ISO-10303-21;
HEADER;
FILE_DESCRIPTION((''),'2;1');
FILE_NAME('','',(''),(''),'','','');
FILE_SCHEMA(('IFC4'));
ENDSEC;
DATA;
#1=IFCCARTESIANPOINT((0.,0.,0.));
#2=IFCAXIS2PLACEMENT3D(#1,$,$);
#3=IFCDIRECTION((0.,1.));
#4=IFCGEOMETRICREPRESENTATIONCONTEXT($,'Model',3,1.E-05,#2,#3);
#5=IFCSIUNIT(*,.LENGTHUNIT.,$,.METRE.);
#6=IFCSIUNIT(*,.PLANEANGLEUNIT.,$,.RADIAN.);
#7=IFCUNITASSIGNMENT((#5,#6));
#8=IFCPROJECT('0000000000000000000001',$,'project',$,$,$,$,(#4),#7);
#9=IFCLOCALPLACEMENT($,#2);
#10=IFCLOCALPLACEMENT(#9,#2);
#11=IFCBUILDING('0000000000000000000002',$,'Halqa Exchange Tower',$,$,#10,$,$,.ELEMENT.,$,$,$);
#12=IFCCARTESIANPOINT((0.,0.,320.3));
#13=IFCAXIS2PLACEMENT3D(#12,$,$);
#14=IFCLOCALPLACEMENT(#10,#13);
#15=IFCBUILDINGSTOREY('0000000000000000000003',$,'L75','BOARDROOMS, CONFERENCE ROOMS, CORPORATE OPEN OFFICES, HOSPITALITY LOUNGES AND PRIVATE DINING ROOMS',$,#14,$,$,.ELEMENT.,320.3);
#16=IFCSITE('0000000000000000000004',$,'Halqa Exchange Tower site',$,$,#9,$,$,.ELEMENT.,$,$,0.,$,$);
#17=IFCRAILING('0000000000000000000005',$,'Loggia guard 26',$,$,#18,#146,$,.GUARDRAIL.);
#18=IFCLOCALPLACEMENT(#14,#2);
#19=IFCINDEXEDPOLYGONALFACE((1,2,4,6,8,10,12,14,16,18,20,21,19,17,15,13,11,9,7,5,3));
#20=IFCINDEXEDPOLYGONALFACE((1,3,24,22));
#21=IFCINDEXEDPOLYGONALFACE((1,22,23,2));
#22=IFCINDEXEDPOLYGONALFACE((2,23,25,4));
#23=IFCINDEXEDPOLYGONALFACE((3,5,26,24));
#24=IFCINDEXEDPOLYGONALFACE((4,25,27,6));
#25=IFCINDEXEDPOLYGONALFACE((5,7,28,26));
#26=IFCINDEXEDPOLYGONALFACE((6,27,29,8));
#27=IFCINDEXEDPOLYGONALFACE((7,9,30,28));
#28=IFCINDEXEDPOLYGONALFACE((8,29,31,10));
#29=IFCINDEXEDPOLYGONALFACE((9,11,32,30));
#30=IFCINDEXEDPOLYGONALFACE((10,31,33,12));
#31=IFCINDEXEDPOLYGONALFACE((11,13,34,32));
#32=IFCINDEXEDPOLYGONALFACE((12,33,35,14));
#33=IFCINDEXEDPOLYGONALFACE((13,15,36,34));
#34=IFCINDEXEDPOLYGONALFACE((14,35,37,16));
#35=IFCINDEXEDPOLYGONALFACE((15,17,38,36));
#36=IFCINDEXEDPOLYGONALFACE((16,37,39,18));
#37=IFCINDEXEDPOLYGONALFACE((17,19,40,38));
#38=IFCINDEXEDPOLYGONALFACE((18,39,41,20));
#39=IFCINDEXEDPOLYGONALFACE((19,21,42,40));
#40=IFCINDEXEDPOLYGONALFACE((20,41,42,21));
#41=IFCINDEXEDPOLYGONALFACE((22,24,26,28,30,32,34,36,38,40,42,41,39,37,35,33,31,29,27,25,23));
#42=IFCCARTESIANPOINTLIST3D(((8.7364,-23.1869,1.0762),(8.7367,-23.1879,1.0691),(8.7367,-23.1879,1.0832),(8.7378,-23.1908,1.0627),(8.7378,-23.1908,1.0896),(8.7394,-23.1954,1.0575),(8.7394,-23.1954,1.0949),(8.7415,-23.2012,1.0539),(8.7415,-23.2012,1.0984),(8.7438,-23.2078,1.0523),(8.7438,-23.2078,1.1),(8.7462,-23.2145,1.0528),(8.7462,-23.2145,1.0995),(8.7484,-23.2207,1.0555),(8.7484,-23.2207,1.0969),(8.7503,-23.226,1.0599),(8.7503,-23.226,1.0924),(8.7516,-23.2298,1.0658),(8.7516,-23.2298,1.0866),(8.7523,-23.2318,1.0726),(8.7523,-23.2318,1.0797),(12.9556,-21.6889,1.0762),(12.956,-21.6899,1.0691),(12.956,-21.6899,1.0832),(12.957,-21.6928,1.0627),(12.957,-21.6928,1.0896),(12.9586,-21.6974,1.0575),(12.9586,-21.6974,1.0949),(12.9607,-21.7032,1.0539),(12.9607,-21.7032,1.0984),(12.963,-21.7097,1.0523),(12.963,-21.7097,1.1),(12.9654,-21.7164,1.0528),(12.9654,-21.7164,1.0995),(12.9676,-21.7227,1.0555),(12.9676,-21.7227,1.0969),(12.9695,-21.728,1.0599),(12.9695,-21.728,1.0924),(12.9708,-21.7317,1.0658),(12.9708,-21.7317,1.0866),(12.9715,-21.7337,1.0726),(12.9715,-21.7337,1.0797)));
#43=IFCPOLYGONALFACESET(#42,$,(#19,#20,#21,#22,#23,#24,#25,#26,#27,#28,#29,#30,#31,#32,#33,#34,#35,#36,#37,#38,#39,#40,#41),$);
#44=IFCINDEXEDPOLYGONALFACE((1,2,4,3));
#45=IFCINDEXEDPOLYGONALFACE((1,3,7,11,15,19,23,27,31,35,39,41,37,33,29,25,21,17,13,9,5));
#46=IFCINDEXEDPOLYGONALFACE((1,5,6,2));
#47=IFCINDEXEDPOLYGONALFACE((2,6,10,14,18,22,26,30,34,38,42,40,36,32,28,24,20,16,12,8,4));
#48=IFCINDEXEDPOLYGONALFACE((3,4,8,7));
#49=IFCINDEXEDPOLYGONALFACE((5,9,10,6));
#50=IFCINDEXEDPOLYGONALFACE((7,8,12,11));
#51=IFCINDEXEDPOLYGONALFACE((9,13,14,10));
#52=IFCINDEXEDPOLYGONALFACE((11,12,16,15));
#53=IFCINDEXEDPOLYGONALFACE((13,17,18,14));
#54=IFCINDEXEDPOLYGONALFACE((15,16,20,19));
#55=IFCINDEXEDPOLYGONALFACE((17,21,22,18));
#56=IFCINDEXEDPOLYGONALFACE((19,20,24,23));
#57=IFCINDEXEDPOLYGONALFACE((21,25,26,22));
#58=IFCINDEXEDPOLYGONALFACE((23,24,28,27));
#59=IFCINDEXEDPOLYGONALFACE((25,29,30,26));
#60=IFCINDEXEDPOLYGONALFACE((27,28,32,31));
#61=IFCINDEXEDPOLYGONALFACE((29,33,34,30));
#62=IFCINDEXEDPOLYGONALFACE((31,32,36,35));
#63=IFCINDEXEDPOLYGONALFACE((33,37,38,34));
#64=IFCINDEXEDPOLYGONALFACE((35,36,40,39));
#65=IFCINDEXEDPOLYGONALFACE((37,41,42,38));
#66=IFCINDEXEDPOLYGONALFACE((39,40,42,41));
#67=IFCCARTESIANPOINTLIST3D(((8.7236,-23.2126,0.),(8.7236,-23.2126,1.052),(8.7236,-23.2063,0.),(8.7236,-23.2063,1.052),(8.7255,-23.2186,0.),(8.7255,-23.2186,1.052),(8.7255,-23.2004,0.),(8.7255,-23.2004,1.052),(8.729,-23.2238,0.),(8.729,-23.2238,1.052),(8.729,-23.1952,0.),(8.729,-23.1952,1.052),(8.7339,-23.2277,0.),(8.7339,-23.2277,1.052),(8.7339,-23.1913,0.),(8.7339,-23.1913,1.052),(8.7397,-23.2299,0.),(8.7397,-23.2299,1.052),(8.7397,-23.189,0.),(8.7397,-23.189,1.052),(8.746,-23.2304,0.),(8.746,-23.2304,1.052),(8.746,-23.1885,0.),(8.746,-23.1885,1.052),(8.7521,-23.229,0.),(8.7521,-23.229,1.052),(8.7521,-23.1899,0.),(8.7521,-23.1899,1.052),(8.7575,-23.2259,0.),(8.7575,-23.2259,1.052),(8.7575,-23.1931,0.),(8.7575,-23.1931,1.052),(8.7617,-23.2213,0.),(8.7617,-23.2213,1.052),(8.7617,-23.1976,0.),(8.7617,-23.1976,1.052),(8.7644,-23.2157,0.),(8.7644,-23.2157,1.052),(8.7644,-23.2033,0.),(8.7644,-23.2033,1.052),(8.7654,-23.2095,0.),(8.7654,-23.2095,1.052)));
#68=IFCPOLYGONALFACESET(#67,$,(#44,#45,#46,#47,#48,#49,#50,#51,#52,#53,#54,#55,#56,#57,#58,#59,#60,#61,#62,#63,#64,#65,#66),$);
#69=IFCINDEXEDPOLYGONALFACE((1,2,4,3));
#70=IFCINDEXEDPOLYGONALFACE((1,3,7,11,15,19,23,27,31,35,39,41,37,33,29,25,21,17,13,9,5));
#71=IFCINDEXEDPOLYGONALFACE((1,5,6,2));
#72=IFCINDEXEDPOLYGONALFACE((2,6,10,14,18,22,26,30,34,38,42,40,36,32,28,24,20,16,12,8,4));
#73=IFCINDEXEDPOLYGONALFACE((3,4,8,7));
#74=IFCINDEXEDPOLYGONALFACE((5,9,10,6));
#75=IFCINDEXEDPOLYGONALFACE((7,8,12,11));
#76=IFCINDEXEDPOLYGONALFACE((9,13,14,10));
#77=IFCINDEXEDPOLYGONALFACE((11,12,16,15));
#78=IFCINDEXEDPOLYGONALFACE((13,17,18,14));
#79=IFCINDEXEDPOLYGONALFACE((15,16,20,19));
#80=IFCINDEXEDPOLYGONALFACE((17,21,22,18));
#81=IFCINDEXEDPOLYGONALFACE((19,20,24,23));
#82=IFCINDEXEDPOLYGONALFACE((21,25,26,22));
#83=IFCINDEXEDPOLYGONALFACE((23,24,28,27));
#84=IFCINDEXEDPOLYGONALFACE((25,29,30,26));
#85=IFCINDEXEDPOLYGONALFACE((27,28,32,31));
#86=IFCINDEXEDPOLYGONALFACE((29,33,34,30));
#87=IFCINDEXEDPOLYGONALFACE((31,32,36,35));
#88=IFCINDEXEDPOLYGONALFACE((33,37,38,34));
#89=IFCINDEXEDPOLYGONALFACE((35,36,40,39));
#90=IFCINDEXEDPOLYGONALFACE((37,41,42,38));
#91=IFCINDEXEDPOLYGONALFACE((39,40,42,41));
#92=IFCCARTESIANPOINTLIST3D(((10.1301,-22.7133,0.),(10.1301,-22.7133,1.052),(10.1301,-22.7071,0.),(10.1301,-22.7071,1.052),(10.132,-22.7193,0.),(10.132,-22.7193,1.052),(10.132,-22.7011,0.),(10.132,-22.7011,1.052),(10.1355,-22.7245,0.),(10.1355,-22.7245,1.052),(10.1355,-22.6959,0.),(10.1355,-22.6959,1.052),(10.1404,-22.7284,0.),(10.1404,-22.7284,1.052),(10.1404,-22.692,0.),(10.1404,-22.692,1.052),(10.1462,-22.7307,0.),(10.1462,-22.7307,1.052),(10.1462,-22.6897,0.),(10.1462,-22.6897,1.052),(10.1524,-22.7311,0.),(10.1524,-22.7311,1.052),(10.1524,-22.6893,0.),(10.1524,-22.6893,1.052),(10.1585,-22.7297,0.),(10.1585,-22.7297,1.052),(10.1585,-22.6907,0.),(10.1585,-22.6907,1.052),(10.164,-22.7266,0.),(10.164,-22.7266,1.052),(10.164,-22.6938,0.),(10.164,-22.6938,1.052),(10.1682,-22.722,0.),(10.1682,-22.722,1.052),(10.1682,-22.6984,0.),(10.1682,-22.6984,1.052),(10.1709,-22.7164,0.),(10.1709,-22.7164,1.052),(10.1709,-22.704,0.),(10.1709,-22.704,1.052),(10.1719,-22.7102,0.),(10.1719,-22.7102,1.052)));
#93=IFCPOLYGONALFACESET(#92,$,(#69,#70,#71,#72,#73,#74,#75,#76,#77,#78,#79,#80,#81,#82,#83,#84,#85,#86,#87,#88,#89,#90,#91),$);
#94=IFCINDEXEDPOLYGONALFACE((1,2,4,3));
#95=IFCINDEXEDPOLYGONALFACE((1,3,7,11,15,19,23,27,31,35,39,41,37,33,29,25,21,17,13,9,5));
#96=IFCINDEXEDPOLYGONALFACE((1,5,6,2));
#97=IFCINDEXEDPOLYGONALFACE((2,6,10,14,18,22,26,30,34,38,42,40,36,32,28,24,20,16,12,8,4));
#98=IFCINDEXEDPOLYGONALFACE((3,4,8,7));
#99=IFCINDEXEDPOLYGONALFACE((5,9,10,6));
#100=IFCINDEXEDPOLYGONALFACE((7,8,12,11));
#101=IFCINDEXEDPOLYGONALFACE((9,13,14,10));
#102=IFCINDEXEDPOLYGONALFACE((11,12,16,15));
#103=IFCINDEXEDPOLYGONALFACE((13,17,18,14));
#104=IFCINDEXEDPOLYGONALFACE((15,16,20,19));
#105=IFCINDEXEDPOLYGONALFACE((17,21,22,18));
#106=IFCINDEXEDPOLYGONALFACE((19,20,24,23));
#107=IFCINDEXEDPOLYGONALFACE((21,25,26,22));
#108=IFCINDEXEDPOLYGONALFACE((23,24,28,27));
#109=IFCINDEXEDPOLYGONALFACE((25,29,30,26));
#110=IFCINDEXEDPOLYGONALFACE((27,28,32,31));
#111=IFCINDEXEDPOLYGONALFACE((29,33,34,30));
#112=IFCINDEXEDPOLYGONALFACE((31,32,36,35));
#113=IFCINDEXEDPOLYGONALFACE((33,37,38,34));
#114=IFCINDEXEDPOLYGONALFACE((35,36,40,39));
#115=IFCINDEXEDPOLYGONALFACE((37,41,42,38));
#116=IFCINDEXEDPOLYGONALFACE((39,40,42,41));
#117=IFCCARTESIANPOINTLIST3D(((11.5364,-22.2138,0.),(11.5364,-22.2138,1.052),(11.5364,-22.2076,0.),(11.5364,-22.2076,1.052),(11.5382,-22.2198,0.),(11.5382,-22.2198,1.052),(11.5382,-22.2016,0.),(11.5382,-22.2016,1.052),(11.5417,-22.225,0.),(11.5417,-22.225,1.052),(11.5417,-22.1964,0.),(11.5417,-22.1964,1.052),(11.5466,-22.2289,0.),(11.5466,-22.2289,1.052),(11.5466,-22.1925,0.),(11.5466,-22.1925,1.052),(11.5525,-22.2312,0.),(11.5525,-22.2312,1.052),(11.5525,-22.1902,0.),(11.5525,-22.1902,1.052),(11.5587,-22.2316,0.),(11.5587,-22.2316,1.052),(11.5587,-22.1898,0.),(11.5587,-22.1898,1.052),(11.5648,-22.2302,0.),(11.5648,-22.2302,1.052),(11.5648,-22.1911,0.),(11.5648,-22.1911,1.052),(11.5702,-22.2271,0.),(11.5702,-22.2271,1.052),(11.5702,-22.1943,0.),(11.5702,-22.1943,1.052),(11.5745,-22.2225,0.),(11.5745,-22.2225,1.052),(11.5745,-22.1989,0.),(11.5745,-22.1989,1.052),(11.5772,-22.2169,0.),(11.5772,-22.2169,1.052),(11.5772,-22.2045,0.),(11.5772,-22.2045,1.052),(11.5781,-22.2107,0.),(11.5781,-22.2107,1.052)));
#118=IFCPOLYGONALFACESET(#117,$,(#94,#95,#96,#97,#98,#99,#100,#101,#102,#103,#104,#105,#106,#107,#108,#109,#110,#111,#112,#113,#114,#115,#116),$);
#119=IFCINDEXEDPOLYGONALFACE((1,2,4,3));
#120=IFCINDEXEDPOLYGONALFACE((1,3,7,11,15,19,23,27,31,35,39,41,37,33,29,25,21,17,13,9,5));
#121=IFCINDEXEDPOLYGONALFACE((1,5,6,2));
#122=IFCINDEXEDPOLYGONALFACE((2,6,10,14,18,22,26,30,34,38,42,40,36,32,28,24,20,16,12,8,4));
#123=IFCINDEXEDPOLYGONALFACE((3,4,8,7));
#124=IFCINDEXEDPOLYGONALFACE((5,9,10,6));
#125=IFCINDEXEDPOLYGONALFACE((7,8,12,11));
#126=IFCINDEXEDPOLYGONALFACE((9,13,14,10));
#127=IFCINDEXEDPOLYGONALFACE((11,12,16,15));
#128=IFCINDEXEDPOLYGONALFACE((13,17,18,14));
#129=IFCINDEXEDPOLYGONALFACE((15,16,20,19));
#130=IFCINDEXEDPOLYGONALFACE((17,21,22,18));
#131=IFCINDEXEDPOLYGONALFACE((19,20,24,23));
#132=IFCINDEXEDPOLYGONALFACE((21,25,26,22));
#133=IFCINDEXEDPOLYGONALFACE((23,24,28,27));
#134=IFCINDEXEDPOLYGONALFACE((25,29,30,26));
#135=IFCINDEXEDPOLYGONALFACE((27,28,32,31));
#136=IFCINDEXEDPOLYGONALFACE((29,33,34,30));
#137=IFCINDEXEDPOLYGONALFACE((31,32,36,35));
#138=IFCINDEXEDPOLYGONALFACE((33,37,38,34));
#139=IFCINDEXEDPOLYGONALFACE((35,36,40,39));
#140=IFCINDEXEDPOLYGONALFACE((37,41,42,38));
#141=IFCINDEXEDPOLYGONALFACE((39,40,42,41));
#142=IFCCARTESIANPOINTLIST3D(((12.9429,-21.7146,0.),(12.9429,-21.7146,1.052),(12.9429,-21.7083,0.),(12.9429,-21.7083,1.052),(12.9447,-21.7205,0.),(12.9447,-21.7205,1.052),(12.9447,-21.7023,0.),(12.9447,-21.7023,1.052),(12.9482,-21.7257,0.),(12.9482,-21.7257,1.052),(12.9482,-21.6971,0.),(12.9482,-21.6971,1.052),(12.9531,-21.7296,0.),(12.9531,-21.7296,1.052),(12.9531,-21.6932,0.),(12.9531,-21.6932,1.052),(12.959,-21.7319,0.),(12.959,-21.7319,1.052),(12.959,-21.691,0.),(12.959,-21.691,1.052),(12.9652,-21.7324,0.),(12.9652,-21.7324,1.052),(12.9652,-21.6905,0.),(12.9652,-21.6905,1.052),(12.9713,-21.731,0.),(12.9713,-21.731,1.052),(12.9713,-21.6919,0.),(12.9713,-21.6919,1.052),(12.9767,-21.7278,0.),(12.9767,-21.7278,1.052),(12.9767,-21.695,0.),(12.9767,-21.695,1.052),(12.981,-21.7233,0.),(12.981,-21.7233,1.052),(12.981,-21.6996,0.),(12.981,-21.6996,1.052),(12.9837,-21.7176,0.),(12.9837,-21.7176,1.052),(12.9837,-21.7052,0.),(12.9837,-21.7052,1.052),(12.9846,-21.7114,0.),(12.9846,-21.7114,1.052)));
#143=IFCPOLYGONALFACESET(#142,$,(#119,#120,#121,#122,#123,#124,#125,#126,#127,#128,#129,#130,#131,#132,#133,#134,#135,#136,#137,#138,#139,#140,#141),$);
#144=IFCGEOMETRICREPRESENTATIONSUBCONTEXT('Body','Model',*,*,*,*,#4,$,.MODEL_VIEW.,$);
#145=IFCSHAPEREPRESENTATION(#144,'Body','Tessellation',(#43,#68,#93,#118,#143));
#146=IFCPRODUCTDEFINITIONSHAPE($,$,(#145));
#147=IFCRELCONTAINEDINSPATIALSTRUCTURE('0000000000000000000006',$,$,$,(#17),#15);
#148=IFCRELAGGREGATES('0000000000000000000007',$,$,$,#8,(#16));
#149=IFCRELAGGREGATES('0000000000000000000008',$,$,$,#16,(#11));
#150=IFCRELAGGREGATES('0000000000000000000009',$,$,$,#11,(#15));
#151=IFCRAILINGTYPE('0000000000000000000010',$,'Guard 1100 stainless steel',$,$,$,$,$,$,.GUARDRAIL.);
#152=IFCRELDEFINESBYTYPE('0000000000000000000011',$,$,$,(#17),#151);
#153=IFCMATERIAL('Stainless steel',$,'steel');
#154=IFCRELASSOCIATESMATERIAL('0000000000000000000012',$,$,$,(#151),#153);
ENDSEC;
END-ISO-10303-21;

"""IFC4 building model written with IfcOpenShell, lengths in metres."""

from ifc_helpers import new_model, si_unit, direction, frame, origin, origin_2d, place, context, subcontext, project, spatial, circle, extrude, material, type_object, element, save


model = new_model("IFC4")

# Units and contexts
model_context = context("Model", 3, precision=1e-05, world=origin(), true_north=direction((0.0, 1.0)))
body_context = subcontext(model_context, "Body", "Model", "MODEL_VIEW")
ifc_project = project(units=[si_unit("LENGTHUNIT", "METRE"), si_unit("PLANEANGLEUNIT", "RADIAN")], contexts=[model_context])

# Site, building, storey
site_placement = place(None, origin())
site = spatial("IfcSite", under=ifc_project, at=site_placement, Name="Halqa Exchange Tower site", CompositionType="ELEMENT", RefElevation=0.0)
building_placement = place(site_placement, origin())
building = spatial("IfcBuilding", under=site, at=building_placement, Name="Halqa Exchange Tower", CompositionType="ELEMENT")
storey_placement = place(building_placement, frame((0.0, 0.0, 320.3)))
storey = spatial("IfcBuildingStorey", under=building, at=storey_placement, Name="L75", Description="BOARDROOMS, CONFERENCE ROOMS, CORPORATE OPEN OFFICES, HOSPITALITY LOUNGES AND PRIVATE DINING ROOMS", CompositionType="ELEMENT", Elevation=320.3)

# Railing
ifc_material_1 = material(Name="Stainless steel", Category="steel")
railing_type = type_object("IfcRailingType", Name="Guard 1100 stainless steel", PredefinedType="GUARDRAIL", material=ifc_material_1)
railing_1_placement = place(storey_placement, frame((8.7444, -23.2095, 0.0)))
element("IfcRailing", 1, at=railing_1_placement, inside=storey, type_object=railing_type, Name="Loggia guard 26", PredefinedType="GUARDRAIL", context=body_context, shape_type="SweptSolid", body=[
    extrude(circle(Radius=0.0239, at=origin_2d()), frame((0.0, 0.0, 1.0762), z_axis=(0.942365, 0.334588, 0.0), x_axis=(-0.334588, 0.942365, 0.0)), (0.0, 0.0, 1.0), 4.4773),
    extrude(circle(Radius=0.021, at=origin_2d()), origin(), (0.0, 0.0, 1.0), 1.052),
    extrude(circle(Radius=0.021, at=origin_2d()), frame((1.4065, 0.4993, 0.0)), (0.0, 0.0, 1.0), 1.052),
    extrude(circle(Radius=0.021, at=origin_2d()), frame((2.8127, 0.9988, 0.0)), (0.0, 0.0, 1.0), 1.052),
    extrude(circle(Radius=0.021, at=origin_2d()), frame((4.2192, 1.498, 0.0)), (0.0, 0.0, 1.0), 1.052),
])

save(model, "model.ifc")
